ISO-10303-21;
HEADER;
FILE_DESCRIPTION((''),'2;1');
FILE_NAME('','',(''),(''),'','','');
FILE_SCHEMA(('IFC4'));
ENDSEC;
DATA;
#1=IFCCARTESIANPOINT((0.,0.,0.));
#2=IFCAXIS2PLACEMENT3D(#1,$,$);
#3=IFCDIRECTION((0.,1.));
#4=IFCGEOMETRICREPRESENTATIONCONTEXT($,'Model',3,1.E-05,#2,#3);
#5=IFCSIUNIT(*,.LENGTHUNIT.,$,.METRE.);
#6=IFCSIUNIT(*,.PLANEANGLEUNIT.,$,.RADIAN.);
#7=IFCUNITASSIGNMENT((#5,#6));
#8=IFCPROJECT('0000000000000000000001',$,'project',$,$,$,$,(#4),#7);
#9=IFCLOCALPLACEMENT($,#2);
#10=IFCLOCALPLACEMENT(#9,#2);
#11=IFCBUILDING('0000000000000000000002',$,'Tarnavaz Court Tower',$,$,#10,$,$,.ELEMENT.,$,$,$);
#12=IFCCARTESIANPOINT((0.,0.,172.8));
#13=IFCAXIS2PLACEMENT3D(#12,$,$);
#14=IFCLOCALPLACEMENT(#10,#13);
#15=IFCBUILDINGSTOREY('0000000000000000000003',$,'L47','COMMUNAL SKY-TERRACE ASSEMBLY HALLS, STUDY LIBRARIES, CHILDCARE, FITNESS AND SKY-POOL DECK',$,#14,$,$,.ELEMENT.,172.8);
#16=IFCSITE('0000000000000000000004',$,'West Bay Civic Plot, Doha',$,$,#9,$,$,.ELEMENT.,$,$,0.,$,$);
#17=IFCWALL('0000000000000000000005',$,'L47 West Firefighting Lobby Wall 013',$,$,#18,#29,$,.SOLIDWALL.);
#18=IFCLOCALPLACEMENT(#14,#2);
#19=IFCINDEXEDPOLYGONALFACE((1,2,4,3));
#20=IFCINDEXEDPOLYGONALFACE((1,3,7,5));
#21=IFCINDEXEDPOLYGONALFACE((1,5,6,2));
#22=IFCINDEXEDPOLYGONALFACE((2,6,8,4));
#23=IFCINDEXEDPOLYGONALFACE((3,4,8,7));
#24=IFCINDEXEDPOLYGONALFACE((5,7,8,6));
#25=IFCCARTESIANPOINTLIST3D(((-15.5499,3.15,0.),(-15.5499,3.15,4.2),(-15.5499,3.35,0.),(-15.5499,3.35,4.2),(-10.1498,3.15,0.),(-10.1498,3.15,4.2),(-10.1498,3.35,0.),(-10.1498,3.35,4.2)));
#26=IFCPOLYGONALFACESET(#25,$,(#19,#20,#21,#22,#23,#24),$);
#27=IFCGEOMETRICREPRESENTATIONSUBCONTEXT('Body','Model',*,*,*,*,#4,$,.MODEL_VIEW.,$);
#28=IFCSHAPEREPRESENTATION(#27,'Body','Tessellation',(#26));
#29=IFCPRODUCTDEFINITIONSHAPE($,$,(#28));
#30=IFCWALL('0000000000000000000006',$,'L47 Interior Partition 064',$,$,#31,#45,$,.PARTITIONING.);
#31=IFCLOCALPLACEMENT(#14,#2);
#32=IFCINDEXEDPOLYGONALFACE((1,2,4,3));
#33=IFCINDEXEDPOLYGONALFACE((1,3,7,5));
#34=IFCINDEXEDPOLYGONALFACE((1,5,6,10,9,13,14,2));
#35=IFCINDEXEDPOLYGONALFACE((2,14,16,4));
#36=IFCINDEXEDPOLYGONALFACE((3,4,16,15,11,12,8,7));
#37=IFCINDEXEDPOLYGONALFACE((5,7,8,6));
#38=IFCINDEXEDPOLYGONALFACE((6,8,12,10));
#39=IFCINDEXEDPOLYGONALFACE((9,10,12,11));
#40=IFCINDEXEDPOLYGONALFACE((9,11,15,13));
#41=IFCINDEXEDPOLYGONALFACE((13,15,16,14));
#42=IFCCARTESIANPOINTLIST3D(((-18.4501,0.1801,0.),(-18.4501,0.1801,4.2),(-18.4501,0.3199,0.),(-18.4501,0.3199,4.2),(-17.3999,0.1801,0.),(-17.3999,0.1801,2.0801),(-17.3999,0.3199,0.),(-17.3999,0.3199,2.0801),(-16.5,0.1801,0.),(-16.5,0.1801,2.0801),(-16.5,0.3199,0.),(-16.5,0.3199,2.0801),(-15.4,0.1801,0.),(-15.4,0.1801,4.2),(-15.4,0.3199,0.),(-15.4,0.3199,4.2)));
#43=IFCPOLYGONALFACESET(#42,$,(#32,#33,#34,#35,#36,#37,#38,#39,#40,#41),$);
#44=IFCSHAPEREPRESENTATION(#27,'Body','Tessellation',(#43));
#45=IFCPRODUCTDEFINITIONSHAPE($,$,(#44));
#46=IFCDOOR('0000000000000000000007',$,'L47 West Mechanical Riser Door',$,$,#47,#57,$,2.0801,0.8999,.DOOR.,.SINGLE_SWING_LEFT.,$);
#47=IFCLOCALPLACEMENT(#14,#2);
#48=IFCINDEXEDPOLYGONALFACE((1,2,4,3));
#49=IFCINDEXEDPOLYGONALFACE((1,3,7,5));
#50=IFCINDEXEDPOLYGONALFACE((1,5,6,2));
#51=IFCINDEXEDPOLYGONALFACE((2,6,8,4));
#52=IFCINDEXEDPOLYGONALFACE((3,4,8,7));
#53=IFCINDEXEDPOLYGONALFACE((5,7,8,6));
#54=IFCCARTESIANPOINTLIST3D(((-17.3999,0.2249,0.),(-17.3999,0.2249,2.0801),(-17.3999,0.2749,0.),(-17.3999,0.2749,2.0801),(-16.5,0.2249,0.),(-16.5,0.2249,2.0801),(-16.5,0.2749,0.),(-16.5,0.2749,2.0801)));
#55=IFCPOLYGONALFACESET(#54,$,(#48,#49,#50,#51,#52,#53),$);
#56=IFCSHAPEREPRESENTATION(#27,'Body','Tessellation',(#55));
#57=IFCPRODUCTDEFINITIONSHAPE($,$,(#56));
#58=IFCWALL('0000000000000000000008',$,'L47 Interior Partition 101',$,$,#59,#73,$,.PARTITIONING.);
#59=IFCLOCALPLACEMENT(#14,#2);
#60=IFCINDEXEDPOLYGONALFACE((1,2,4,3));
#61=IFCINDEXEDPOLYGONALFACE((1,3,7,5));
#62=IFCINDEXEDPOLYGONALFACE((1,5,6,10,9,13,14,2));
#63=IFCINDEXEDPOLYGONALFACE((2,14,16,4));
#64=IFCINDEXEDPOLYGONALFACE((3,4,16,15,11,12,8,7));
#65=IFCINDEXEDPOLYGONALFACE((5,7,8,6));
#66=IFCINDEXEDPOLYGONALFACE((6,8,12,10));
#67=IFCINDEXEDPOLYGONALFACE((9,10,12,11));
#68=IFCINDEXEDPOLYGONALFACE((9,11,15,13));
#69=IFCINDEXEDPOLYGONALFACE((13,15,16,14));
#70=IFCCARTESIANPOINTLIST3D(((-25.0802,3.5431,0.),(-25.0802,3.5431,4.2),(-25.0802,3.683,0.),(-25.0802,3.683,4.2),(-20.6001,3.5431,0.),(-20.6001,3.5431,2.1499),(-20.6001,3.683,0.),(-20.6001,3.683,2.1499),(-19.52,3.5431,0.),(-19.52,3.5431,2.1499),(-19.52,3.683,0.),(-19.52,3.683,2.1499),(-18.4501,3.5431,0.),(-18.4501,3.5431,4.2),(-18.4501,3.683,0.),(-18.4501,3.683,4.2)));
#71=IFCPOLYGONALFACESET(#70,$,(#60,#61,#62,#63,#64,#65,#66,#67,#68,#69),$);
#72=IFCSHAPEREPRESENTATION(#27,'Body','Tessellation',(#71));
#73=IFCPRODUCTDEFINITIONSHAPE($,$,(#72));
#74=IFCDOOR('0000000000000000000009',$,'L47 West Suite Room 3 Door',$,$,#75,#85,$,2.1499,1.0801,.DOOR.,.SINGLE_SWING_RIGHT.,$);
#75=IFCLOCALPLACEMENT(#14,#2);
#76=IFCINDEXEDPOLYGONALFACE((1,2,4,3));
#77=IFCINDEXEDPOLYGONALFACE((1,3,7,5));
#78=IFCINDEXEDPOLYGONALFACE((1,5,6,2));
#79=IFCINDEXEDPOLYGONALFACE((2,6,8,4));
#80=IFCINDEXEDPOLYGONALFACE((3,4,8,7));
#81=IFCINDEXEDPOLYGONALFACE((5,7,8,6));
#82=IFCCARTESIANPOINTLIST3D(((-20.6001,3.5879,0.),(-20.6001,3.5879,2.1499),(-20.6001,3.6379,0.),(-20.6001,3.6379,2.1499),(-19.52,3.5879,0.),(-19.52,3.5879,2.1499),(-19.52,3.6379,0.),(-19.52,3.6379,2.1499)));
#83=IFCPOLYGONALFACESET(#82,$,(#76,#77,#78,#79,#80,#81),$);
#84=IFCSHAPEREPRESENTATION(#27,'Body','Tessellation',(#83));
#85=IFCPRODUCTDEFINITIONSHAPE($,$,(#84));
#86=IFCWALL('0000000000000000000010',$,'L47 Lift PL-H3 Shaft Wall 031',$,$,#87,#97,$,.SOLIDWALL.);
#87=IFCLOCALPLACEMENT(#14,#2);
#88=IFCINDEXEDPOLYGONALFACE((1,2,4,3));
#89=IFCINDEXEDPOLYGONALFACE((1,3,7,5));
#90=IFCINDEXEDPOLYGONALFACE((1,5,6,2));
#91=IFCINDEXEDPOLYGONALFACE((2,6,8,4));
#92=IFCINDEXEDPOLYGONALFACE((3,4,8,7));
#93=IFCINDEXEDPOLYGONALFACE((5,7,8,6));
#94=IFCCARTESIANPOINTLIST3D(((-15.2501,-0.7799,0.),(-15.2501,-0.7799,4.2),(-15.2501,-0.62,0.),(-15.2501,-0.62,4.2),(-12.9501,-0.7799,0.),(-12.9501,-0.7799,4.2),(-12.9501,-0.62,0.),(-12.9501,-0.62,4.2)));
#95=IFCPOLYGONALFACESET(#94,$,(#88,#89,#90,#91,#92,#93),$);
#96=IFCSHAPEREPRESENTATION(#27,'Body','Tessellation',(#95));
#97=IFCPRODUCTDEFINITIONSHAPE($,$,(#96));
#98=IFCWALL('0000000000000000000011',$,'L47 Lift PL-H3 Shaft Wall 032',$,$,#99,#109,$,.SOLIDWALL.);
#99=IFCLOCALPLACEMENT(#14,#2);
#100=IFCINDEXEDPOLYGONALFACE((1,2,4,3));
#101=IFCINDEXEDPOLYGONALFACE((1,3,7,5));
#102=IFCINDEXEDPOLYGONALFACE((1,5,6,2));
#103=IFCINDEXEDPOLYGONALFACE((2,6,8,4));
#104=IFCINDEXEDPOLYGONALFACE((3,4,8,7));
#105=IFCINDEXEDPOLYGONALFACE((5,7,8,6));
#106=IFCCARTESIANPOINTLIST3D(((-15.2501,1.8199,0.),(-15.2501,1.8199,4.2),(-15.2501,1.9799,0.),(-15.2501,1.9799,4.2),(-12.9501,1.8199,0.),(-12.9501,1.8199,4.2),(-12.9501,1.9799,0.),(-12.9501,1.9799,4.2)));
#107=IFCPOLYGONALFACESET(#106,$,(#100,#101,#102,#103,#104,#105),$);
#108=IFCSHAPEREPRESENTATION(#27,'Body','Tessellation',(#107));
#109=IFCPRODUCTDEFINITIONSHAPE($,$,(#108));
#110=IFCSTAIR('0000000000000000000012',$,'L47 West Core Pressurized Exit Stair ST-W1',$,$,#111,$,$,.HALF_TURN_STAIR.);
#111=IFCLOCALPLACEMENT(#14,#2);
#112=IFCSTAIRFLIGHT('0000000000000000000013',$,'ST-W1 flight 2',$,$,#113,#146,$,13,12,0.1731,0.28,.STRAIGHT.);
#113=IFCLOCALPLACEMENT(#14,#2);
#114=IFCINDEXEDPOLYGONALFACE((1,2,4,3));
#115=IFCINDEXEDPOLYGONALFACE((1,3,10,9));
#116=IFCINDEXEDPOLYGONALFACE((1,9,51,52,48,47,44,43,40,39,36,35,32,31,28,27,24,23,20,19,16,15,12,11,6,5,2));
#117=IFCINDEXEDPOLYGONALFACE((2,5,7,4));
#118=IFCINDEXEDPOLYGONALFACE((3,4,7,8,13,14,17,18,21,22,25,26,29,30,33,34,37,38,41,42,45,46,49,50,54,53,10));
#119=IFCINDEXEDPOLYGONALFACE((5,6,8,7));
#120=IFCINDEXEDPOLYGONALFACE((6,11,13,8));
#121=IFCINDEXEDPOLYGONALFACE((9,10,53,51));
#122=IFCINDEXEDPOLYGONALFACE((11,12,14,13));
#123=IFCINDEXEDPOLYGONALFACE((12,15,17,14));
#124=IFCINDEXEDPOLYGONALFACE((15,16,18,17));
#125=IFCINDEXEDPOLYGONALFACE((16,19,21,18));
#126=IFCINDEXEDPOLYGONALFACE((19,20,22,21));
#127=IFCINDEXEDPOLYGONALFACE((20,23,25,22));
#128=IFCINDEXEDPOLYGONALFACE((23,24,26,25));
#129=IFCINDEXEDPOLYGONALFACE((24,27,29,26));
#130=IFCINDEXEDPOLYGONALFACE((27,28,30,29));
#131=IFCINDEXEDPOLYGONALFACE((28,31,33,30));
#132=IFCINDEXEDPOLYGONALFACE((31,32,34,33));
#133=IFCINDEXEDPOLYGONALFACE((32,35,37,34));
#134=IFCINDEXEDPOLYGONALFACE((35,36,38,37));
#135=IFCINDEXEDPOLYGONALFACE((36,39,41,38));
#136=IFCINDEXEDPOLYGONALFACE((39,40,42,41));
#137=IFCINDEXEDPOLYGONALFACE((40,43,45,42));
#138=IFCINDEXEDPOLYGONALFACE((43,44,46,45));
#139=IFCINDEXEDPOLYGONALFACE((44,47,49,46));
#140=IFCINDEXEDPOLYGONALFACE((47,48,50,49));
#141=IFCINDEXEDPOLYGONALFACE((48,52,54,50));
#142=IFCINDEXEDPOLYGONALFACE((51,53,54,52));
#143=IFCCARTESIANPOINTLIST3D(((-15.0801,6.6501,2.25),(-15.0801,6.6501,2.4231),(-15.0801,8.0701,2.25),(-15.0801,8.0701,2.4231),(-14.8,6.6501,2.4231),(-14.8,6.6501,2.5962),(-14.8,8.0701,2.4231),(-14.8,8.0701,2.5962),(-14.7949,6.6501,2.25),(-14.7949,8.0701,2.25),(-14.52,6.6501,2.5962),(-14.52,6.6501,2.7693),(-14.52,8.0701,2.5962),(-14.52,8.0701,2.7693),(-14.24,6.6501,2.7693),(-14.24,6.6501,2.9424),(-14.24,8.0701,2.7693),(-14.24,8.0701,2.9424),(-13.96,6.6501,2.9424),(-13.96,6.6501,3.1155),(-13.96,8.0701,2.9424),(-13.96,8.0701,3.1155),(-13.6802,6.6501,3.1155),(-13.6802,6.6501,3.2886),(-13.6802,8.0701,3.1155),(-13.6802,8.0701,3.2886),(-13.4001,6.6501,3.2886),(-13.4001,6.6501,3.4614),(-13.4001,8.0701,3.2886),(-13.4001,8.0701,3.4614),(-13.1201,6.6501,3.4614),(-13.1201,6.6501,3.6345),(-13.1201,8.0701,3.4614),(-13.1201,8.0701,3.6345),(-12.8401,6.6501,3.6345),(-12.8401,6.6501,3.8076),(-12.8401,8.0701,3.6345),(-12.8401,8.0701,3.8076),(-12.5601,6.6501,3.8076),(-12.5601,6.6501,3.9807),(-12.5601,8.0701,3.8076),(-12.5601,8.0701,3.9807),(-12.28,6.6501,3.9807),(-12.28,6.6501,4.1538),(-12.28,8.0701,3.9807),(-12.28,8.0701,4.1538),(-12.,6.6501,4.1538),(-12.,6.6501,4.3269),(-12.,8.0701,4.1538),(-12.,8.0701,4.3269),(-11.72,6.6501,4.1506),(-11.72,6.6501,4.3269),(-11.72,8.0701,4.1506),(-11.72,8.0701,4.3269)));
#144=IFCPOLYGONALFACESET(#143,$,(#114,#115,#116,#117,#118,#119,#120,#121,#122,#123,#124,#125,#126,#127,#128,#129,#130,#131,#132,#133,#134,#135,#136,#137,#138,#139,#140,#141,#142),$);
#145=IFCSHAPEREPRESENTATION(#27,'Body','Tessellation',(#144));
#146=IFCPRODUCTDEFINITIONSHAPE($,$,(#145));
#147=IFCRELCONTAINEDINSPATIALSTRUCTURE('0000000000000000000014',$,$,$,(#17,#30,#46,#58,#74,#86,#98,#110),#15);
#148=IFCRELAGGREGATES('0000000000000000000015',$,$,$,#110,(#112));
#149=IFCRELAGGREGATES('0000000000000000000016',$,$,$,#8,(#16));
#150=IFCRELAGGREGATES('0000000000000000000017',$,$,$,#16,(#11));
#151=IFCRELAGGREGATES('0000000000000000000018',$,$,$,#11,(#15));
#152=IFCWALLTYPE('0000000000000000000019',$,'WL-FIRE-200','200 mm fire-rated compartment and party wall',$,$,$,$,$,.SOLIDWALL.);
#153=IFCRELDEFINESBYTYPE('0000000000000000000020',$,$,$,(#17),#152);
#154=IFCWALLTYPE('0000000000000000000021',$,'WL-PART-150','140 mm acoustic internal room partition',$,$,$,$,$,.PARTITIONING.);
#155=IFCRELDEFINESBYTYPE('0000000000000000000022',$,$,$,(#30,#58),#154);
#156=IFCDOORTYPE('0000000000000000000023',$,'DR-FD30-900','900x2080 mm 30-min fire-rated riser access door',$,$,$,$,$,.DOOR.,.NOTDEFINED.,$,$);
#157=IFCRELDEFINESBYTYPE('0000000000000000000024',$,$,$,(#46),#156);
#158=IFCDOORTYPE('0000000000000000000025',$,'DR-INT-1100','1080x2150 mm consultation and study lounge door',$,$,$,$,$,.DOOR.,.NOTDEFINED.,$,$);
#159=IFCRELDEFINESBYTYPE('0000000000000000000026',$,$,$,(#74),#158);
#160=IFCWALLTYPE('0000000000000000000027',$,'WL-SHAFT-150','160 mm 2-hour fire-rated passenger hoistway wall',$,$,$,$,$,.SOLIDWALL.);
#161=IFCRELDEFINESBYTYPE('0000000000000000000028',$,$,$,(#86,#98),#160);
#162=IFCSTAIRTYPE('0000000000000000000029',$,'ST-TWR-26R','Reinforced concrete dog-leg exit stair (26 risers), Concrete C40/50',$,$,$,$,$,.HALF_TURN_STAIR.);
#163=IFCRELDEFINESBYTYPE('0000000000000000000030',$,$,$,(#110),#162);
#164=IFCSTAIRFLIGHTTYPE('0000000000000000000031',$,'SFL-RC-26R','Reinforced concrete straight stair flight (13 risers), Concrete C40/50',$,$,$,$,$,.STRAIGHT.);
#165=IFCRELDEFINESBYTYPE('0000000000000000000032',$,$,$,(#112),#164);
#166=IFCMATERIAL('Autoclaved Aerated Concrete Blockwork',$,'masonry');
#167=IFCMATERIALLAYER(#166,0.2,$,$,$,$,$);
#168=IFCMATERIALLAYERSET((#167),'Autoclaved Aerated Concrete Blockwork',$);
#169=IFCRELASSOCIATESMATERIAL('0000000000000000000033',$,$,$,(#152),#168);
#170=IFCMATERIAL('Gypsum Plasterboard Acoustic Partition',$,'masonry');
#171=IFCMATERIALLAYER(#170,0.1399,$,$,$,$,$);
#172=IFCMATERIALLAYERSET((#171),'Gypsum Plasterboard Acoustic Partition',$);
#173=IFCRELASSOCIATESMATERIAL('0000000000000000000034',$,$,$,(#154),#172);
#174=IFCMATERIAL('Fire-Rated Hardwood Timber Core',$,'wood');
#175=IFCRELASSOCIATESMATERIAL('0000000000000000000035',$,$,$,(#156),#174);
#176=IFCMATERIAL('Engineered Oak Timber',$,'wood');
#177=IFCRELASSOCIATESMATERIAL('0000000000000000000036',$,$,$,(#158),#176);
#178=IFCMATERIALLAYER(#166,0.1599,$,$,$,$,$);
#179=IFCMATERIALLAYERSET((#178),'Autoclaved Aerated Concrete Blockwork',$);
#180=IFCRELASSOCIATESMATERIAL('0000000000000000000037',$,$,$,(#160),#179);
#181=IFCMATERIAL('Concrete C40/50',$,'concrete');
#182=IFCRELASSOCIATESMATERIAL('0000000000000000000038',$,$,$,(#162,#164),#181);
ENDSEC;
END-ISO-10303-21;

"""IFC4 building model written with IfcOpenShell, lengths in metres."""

from ifc_helpers import new_model, si_unit, direction, frame, frame_2d, origin, place, context, subcontext, project, spatial, polyline, rectangle, outline, extrude, material, layer, layer_set, type_object, element, fill, aggregate, save


model = new_model("IFC4")

# Units and contexts
model_context = context("Model", 3, precision=1e-05, world=origin(), true_north=direction((0.0, 1.0)))
body_context = subcontext(model_context, "Body", "Model", "MODEL_VIEW")
ifc_project = project(units=[si_unit("LENGTHUNIT", "METRE"), si_unit("PLANEANGLEUNIT", "RADIAN")], contexts=[model_context])

# Site, building, storey
site_placement = place(None, origin())
site = spatial("IfcSite", under=ifc_project, at=site_placement, Name="West Bay Civic Plot, Doha", CompositionType="ELEMENT", RefElevation=0.0)
building_placement = place(site_placement, origin())
building = spatial("IfcBuilding", under=site, at=building_placement, Name="Tarnavaz Court Tower", CompositionType="ELEMENT")
storey_placement = place(building_placement, frame((0.0, 0.0, 172.8)))
storey = spatial("IfcBuildingStorey", under=building, at=storey_placement, Name="L47", Description="COMMUNAL SKY-TERRACE ASSEMBLY HALLS, STUDY LIBRARIES, CHILDCARE, FITNESS AND SKY-POOL DECK", CompositionType="ELEMENT", Elevation=172.8)

# Shared definitions
ifc_material_1 = material(Name="Fire-Rated Hardwood Timber Core", Category="wood")

# Wall
ifc_material_2 = material(Name="Autoclaved Aerated Concrete Blockwork", Category="masonry")
ifc_layer_1 = layer(ifc_material_2, 0.2)
ifc_layer_set_1 = layer_set([ifc_layer_1], Name="Autoclaved Aerated Concrete Blockwork")
wall_type_1 = type_object("IfcWallType", Name="WL-FIRE-200", Description="200 mm fire-rated compartment and party wall", PredefinedType="SOLIDWALL", material=ifc_layer_set_1)
wall_1_placement = place(storey_placement, frame((-15.55, 3.25, 0.0), z_axis=(0.0, 0.0, 1.0), x_axis=(1.0, 0.0, 0.0)))
element("IfcWall", 1, at=wall_1_placement, inside=storey, type_object=wall_type_1, Name="L47 West Firefighting Lobby Wall 013", PredefinedType="SOLIDWALL", context=body_context, shape_type="SweptSolid", body=[
    extrude(rectangle(XDim=5.4001, YDim=0.2, at=frame_2d((2.7002, 0.0))), origin(), (0.0, 0.0, 1.0), 4.2),
])

# Walls, openings, doors
ifc_material_3 = material(Name="Gypsum Plasterboard Acoustic Partition", Category="masonry")
ifc_layer_2 = layer(ifc_material_3, 0.1399)
ifc_layer_set_2 = layer_set([ifc_layer_2], Name="Gypsum Plasterboard Acoustic Partition")
wall_type_2 = type_object("IfcWallType", Name="WL-PART-150", Description="140 mm acoustic internal room partition", PredefinedType="PARTITIONING", material=ifc_layer_set_2)
wall_2_placement = place(storey_placement, frame((-18.45, 0.25, 0.0), z_axis=(0.0, 0.0, 1.0), x_axis=(1.0, 0.0, 0.0)))
wall_2 = element("IfcWall", 2, at=wall_2_placement, inside=storey, type_object=wall_type_2, Name="L47 Interior Partition 064", PredefinedType="PARTITIONING", context=body_context, shape_type="SweptSolid", body=[
    extrude(rectangle(XDim=3.05, YDim=0.1399, at=frame_2d((1.5249, 0.0))), origin(), (0.0, 0.0, 1.0), 4.2),
])
opening_1_placement = place(wall_2_placement, frame((1.05, 0.0, 0.0)))
opening_1 = element("IfcOpeningElement", 3, at=opening_1_placement, cuts=wall_2, PredefinedType="OPENING", context=body_context, shape_type="SweptSolid", body=[
    extrude(rectangle(XDim=0.8999, YDim=2.0801, at=frame_2d((0.45, 1.04))), frame((0.0, 0.0798, 0.0), z_axis=(0.0, -1.0, 0.0), x_axis=(1.0, 0.0, 0.0)), (0.0, 0.0, 1.0), 0.1599),
])
door_type_1 = type_object("IfcDoorType", Name="DR-FD30-900", Description="900x2080 mm 30-min fire-rated riser access door", OperationType="NOTDEFINED", PredefinedType="DOOR", material=ifc_material_1)
door_1_placement = place(opening_1_placement, origin())
door_1 = element("IfcDoor", 4, at=door_1_placement, inside=storey, type_object=door_type_1, Name="L47 West Mechanical Riser Door", OperationType="SINGLE_SWING_LEFT", OverallHeight=2.0801, OverallWidth=0.8999, PredefinedType="DOOR", context=body_context, shape_type="SweptSolid", body=[
    extrude(rectangle(XDim=0.8999, YDim=2.0801, at=frame_2d((0.45, 1.04))), frame((0.0, 0.0249, 0.0), z_axis=(0.0, -1.0, 0.0), x_axis=(1.0, 0.0, 0.0)), (0.0, 0.0, 1.0), 0.05),
])
fill(opening_1, door_1)
wall_3_placement = place(storey_placement, frame((-25.0801, 3.613, 0.0), z_axis=(0.0, 0.0, 1.0), x_axis=(1.0, 0.0, 0.0)))
wall_3 = element("IfcWall", 5, at=wall_3_placement, inside=storey, type_object=wall_type_2, Name="L47 Interior Partition 101", PredefinedType="PARTITIONING", context=body_context, shape_type="SweptSolid", body=[
    extrude(rectangle(XDim=6.6301, YDim=0.1399, at=frame_2d((3.3149, 0.0))), origin(), (0.0, 0.0, 1.0), 4.2),
])
opening_2_placement = place(wall_3_placement, frame((4.48, 0.0, 0.0)))
opening_2 = element("IfcOpeningElement", 6, at=opening_2_placement, cuts=wall_3, PredefinedType="OPENING", context=body_context, shape_type="SweptSolid", body=[
    extrude(rectangle(XDim=1.0801, YDim=2.1499, at=frame_2d((0.54, 1.075))), frame((0.0, 0.0798, 0.0), z_axis=(0.0, -1.0, 0.0), x_axis=(1.0, 0.0, 0.0)), (0.0, 0.0, 1.0), 0.1599),
])
ifc_material_4 = material(Name="Engineered Oak Timber", Category="wood")
door_type_2 = type_object("IfcDoorType", Name="DR-INT-1100", Description="1080x2150 mm consultation and study lounge door", OperationType="NOTDEFINED", PredefinedType="DOOR", material=ifc_material_4)
door_2_placement = place(opening_2_placement, origin())
door_2 = element("IfcDoor", 7, at=door_2_placement, inside=storey, type_object=door_type_2, Name="L47 West Suite Room 3 Door", OperationType="SINGLE_SWING_RIGHT", OverallHeight=2.1499, OverallWidth=1.0801, PredefinedType="DOOR", context=body_context, shape_type="SweptSolid", body=[
    extrude(rectangle(XDim=1.0801, YDim=2.1499, at=frame_2d((0.54, 1.075))), frame((0.0, 0.0249, 0.0), z_axis=(0.0, -1.0, 0.0), x_axis=(1.0, 0.0, 0.0)), (0.0, 0.0, 1.0), 0.05),
])
fill(opening_2, door_2)

# Walls
ifc_layer_3 = layer(ifc_material_2, 0.1599)
ifc_layer_set_3 = layer_set([ifc_layer_3], Name="Autoclaved Aerated Concrete Blockwork")
wall_type_3 = type_object("IfcWallType", Name="WL-SHAFT-150", Description="160 mm 2-hour fire-rated passenger hoistway wall", PredefinedType="SOLIDWALL", material=ifc_layer_set_3)
for number, where, z_axis, x_axis, name in (
    (8, (-15.25, -0.7, 0.0), (0.0, 0.0, 1.0), (1.0, 0.0, 0.0), "L47 Lift PL-H3 Shaft Wall 031"),
    (9, (-15.25, 1.8999, 0.0), (0.0, 0.0, 1.0), (1.0, 0.0, 0.0), "L47 Lift PL-H3 Shaft Wall 032"),
):
    element("IfcWall", number, at=place(storey_placement, frame(where, z_axis=z_axis, x_axis=x_axis)), inside=storey, type_object=wall_type_3, Name=name, PredefinedType="SOLIDWALL", context=body_context, shape_type="SweptSolid", body=[
        extrude(rectangle(XDim=2.3, YDim=0.1599, at=frame_2d((1.1499, 0.0))), origin(), (0.0, 0.0, 1.0), 4.2),
    ])

# Stair, stair flight
ifc_material_5 = material(Name="Concrete C40/50", Category="concrete")
stair_type = type_object("IfcStairType", Name="ST-TWR-26R", Description="Reinforced concrete dog-leg exit stair (26 risers), Concrete C40/50", PredefinedType="HALF_TURN_STAIR", material=ifc_material_5)
stair_placement = place(storey_placement, origin())
stair = element("IfcStair", 10, at=stair_placement, inside=storey, type_object=stair_type, Name="L47 West Core Pressurized Exit Stair ST-W1", PredefinedType="HALF_TURN_STAIR")
stair_flight_type = type_object("IfcStairFlightType", Name="SFL-RC-26R", Description="Reinforced concrete straight stair flight (13 risers), Concrete C40/50", PredefinedType="STRAIGHT", material=ifc_material_5)
stair_flight_placement = place(storey_placement, frame((-15.0801, 7.3601, 2.25), z_axis=(0.0, 0.0, 1.0), x_axis=(1.0, 0.0, 0.0)))
stair_flight = element("IfcStairFlight", 11, at=stair_flight_placement, type_object=stair_flight_type, Name="ST-W1 flight 2", NumberOfRisers=13, NumberOfTreads=12, PredefinedType="STRAIGHT", RiserHeight=0.1731, TreadLength=0.28, context=body_context, shape_type="SweptSolid", body=[
    extrude(outline(polyline([(0.0, 0.0), (0.0, 0.1731), (0.28, 0.1731), (0.28, 0.3462), (0.5601, 0.3462), (0.5601, 0.5193), (0.8401, 0.5193), (0.8401, 0.6924), (1.1201, 0.6924), (1.1201, 0.8655), (1.3999, 0.8655), (1.3999, 1.0386), (1.6799, 1.0386), (1.6799, 1.2114), (1.96, 1.2114), (1.96, 1.3845), (2.24, 1.3845), (2.24, 1.5576), (2.52, 1.5576), (2.52, 1.7307), (2.8, 1.7307), (2.8, 1.9038), (3.0801, 1.9038), (3.0801, 2.0769), (3.3601, 2.0769), (3.3601, 2.25), (3.3601, 1.9006), (0.2852, 0.0), (0.0, 0.0)])), frame((0.0, 0.71, 0.0), z_axis=(0.0, -1.0, 0.0), x_axis=(1.0, 0.0, 0.0)), (0.0, 0.0, 1.0), 1.4199),
])
aggregate(stair, [stair_flight])

save(model, "model.ifc")
